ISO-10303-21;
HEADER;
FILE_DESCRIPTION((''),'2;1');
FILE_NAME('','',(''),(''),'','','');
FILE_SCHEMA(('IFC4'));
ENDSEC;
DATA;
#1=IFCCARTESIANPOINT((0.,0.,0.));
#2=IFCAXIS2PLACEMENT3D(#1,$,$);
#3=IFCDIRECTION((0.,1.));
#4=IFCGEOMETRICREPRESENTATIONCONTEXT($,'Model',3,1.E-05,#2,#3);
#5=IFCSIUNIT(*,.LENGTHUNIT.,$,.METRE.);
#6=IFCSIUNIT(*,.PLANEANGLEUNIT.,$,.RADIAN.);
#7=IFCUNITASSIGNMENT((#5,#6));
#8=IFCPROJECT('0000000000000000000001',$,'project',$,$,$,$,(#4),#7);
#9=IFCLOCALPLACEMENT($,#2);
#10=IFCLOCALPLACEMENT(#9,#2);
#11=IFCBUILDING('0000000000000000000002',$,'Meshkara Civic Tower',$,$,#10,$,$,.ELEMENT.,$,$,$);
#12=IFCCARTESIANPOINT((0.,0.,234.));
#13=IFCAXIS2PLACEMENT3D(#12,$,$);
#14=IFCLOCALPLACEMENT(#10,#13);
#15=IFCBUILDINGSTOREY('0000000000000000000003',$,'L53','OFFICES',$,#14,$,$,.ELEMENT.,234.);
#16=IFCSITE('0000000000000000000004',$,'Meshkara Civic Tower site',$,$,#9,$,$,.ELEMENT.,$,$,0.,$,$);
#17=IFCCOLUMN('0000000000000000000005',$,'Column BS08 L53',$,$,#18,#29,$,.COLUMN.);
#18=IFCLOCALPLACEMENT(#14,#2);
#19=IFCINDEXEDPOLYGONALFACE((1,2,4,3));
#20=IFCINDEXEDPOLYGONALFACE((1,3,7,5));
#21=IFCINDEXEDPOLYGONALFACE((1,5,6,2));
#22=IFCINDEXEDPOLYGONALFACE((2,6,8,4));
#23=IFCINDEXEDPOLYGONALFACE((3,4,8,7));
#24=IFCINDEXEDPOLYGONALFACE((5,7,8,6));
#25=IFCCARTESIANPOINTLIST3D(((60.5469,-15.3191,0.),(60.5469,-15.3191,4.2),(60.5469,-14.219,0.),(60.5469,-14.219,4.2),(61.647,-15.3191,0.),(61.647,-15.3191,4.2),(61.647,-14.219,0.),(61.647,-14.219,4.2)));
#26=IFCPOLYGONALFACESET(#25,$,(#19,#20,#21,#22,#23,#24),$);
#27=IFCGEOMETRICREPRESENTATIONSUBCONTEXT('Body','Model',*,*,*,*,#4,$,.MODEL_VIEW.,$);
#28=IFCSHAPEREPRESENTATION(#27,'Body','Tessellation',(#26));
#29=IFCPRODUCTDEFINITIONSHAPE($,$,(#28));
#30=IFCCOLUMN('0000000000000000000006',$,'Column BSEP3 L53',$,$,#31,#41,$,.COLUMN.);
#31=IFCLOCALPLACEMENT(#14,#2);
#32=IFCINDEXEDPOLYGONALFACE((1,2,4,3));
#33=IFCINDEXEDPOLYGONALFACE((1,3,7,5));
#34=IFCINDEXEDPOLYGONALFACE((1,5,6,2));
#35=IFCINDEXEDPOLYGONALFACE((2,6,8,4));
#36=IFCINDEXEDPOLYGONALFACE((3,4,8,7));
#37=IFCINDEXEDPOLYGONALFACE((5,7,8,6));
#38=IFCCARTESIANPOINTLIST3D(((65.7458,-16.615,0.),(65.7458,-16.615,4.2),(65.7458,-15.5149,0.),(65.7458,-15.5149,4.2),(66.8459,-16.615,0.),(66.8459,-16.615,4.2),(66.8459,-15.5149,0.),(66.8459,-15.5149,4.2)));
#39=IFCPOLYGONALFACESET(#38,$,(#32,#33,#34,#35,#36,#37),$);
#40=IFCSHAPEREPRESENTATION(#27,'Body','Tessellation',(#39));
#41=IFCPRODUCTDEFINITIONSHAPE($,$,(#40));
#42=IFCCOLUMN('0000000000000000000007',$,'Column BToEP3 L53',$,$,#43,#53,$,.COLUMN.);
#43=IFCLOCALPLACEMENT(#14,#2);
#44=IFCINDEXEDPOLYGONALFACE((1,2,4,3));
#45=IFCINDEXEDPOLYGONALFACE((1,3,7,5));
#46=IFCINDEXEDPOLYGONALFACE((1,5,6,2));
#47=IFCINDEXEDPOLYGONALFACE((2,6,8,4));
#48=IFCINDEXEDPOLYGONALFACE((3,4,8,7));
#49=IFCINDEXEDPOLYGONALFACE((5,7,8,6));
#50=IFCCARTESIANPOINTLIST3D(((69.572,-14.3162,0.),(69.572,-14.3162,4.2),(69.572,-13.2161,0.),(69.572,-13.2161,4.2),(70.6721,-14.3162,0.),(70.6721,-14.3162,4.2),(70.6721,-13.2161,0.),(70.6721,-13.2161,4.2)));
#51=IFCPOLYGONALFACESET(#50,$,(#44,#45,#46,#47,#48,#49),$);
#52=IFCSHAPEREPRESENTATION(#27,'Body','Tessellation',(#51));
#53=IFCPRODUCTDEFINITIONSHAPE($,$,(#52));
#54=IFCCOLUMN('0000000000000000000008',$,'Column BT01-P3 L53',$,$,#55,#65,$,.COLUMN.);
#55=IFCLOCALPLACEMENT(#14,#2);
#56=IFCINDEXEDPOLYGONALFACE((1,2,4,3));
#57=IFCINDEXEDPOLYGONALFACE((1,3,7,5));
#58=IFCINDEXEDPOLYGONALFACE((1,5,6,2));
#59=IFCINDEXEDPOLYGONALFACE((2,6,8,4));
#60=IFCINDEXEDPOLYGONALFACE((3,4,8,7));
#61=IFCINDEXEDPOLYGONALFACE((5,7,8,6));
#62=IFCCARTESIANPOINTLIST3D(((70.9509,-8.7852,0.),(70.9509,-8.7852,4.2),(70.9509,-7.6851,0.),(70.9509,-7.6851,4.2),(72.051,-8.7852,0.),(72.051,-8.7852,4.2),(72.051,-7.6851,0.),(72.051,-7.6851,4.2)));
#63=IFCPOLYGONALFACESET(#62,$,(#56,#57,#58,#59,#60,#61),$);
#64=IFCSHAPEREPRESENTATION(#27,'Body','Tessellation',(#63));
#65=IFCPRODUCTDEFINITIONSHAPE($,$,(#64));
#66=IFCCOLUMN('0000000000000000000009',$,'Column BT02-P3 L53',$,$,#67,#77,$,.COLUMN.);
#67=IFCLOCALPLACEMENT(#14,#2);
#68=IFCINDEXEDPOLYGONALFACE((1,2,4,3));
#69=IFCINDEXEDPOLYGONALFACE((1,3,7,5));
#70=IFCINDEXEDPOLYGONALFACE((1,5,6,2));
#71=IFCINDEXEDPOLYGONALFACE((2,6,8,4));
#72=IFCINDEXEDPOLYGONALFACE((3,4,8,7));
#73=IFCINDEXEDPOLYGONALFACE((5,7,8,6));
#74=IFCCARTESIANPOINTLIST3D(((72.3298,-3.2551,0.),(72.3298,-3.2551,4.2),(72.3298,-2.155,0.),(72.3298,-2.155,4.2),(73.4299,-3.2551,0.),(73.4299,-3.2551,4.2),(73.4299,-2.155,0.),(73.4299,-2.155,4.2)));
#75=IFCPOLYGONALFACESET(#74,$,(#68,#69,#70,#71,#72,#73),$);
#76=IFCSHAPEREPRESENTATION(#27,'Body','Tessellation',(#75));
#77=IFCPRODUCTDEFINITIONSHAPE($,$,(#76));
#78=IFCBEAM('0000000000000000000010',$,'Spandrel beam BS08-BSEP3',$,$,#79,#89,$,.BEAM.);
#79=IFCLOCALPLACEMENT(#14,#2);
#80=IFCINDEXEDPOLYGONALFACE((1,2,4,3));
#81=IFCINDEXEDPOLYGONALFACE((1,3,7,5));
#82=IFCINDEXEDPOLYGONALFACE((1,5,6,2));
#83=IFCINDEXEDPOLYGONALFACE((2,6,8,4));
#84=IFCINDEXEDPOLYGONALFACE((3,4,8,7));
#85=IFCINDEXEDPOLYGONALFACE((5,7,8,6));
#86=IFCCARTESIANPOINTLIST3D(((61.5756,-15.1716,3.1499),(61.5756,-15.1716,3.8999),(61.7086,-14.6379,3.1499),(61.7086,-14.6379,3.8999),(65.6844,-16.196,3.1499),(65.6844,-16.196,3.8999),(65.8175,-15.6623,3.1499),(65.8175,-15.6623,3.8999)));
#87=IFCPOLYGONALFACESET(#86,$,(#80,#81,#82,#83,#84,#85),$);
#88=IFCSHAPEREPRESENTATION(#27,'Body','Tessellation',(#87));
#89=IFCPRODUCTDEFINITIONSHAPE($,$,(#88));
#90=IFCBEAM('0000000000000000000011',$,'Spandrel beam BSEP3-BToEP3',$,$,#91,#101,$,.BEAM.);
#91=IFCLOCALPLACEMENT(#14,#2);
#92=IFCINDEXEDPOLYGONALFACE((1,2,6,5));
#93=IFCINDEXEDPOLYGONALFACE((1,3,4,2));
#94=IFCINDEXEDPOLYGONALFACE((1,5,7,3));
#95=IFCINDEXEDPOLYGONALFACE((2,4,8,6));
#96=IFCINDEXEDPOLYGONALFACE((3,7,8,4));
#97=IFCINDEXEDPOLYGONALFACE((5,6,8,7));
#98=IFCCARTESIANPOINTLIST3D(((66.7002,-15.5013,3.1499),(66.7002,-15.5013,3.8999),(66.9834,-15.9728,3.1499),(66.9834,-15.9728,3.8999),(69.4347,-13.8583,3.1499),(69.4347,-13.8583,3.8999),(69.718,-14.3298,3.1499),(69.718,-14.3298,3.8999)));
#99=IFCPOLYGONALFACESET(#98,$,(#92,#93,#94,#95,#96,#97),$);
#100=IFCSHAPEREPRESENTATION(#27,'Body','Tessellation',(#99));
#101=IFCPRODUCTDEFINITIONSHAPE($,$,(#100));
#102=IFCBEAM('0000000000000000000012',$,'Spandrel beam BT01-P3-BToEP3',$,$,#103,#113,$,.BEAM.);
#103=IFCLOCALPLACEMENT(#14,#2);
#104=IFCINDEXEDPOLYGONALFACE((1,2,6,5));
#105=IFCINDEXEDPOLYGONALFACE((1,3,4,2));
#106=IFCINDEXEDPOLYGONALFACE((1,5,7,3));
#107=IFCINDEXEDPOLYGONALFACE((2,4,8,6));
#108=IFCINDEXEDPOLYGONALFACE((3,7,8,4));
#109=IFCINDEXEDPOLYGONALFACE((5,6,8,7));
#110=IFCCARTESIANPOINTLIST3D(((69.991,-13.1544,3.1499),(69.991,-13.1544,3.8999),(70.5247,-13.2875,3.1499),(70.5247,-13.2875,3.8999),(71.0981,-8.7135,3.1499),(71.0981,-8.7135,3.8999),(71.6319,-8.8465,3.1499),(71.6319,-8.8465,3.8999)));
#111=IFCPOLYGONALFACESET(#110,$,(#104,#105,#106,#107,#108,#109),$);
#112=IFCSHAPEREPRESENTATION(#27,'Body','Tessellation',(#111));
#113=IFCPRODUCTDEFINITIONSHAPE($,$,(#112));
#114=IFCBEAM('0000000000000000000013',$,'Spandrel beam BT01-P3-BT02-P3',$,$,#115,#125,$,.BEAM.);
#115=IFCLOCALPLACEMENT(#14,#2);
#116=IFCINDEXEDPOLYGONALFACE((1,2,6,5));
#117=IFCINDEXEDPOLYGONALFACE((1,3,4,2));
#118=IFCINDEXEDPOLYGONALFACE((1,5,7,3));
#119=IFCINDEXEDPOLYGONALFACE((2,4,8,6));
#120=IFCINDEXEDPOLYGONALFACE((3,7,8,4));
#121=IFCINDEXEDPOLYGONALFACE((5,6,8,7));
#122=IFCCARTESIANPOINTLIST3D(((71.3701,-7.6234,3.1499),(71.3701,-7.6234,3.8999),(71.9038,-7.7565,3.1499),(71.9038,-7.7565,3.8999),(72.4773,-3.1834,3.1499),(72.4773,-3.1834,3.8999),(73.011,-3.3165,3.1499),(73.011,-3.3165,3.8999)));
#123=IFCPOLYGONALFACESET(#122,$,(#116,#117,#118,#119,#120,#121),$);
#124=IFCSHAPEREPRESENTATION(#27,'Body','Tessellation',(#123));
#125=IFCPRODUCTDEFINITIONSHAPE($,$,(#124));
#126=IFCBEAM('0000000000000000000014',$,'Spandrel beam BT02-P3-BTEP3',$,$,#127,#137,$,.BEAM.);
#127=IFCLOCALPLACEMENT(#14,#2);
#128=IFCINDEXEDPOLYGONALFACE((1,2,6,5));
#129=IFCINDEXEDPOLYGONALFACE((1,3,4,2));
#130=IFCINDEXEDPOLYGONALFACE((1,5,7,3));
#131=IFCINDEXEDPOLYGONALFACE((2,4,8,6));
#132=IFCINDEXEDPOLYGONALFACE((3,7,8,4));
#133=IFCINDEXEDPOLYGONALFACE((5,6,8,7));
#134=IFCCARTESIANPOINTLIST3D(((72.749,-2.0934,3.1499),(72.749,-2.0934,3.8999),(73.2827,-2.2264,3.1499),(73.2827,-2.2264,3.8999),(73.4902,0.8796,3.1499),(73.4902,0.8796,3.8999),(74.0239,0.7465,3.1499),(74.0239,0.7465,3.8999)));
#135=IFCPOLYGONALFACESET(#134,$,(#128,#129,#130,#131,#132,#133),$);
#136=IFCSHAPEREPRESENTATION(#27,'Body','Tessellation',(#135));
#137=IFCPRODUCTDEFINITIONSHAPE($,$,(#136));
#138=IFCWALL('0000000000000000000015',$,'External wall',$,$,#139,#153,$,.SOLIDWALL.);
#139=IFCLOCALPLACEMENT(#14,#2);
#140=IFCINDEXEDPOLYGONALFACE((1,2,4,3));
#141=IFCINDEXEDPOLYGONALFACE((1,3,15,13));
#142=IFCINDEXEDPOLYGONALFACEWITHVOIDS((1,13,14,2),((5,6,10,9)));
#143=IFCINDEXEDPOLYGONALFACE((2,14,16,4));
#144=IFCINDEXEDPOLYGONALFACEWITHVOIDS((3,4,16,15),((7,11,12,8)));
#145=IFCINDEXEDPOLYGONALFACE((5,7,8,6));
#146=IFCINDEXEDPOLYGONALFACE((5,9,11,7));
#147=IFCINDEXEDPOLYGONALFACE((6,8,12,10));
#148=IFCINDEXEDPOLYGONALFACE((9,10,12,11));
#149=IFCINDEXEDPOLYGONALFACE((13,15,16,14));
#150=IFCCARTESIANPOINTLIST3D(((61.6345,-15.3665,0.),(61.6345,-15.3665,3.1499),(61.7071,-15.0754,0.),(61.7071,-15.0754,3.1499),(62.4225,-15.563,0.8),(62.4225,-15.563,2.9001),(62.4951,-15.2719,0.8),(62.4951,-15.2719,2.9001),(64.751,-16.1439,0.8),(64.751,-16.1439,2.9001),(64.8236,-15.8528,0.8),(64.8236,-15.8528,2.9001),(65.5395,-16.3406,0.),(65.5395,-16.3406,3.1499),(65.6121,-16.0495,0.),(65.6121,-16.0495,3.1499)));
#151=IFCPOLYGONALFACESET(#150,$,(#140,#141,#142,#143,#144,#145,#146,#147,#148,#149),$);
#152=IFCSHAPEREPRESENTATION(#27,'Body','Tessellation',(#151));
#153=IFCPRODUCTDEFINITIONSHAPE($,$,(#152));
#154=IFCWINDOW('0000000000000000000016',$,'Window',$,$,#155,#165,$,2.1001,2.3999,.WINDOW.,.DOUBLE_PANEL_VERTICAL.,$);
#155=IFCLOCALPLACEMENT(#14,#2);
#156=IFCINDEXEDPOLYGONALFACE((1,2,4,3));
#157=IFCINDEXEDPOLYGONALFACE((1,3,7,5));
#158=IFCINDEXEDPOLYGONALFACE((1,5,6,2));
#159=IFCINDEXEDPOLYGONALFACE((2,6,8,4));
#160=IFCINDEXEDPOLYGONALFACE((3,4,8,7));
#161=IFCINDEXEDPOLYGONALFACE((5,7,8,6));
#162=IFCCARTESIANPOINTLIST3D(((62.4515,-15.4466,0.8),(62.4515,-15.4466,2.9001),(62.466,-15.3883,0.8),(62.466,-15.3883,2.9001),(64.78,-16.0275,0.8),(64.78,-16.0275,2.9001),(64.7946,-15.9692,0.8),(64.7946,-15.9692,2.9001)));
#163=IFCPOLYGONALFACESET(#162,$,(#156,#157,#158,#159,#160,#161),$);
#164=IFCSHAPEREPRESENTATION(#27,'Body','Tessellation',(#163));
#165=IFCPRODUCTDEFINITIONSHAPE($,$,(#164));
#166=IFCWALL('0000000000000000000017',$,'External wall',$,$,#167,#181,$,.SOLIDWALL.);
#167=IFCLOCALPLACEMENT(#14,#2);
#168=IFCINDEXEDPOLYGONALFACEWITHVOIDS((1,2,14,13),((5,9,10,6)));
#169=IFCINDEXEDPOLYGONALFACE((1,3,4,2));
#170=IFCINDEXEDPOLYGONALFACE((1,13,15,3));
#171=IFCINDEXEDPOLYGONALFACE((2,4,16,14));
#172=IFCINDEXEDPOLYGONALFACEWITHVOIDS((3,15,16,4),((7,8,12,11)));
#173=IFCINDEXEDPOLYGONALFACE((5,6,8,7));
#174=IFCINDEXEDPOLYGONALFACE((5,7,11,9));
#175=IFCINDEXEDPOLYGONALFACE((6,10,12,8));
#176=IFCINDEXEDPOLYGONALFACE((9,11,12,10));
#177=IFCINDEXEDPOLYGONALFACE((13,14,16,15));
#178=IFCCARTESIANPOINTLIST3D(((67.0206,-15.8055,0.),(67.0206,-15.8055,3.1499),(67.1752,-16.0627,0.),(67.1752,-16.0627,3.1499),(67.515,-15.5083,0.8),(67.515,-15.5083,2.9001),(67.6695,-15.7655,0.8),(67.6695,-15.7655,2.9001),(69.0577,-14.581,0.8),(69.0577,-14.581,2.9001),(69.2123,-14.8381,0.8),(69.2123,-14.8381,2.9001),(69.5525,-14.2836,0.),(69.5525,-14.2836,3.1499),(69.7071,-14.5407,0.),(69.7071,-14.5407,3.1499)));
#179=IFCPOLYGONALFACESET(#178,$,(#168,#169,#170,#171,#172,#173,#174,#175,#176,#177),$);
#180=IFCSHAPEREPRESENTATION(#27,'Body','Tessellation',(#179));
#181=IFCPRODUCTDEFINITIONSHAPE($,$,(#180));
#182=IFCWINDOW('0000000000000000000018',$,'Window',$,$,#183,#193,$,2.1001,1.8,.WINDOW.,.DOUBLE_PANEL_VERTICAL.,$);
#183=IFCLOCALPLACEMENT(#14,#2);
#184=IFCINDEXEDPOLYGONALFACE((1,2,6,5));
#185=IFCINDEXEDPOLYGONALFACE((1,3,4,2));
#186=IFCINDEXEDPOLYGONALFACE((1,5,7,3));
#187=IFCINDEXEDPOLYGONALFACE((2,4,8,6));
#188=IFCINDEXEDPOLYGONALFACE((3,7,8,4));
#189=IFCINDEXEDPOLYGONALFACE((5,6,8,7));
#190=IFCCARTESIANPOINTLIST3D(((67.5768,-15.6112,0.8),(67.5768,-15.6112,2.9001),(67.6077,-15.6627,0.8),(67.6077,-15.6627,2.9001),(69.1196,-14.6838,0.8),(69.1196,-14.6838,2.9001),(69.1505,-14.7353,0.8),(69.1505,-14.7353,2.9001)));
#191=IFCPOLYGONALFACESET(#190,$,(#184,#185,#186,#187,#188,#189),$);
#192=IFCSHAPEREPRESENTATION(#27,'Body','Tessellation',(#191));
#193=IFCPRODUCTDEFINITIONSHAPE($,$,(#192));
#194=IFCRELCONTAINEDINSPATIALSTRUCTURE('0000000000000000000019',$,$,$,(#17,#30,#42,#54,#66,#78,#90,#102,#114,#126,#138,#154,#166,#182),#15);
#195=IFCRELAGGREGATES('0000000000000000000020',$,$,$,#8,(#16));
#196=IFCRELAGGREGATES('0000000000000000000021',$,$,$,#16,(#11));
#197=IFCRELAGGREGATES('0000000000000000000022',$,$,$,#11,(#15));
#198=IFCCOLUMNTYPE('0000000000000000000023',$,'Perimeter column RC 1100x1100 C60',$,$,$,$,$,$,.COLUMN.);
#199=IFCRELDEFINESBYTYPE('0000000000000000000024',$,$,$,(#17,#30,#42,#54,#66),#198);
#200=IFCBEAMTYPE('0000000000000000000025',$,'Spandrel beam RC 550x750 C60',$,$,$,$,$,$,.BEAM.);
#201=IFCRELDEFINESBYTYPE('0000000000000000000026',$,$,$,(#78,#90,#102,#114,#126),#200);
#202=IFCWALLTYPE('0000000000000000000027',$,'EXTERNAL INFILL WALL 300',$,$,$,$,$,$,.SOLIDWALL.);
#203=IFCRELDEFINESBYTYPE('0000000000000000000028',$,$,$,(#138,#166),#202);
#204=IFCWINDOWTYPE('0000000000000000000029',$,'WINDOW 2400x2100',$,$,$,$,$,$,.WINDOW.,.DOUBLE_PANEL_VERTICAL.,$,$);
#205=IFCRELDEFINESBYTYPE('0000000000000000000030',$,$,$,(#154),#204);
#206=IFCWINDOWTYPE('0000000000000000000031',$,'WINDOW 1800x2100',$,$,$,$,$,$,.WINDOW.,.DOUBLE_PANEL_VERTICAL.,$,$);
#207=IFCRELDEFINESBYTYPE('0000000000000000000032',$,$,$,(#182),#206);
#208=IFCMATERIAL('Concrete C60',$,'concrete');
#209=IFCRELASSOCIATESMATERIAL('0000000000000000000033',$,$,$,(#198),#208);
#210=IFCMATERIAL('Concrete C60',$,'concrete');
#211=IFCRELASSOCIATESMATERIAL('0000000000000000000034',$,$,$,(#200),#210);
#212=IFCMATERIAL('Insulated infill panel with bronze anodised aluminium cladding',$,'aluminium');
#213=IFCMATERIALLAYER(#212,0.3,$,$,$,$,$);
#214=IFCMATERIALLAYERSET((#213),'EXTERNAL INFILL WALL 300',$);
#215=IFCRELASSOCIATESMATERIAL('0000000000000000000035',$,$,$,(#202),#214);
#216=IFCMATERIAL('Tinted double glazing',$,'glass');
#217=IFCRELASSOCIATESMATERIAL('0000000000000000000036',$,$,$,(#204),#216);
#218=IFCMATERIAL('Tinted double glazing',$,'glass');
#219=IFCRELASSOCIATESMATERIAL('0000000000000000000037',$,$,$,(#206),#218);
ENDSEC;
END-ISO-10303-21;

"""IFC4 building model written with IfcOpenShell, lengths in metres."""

from ifc_helpers import new_model, si_unit, direction, frame, frame_2d, origin, origin_2d, place, context, subcontext, project, spatial, rectangle, extrude, material, layer, layer_set, material_profile, profile_set, type_object, element, fill, save


model = new_model("IFC4")

# Units and contexts
model_context = context("Model", 3, precision=1e-05, world=origin(), true_north=direction((0.0, 1.0)))
body_context = subcontext(model_context, "Body", "Model", "MODEL_VIEW")
ifc_project = project(units=[si_unit("LENGTHUNIT", "METRE"), si_unit("PLANEANGLEUNIT", "RADIAN")], contexts=[model_context])

# Site, building, storey
site_placement = place(None, origin())
site = spatial("IfcSite", under=ifc_project, at=site_placement, Name="Meshkara Civic Tower site", CompositionType="ELEMENT", RefElevation=0.0)
building_placement = place(site_placement, origin())
building = spatial("IfcBuilding", under=site, at=building_placement, Name="Meshkara Civic Tower", CompositionType="ELEMENT")
storey_placement = place(building_placement, frame((0.0, 0.0, 234.0)))
storey = spatial("IfcBuildingStorey", under=building, at=storey_placement, Name="L53", Description="OFFICES", CompositionType="ELEMENT", Elevation=234.0)

# Columns
ifc_material_1 = material(Name="Concrete C60", Category="concrete")
ifc_material_profile_1 = material_profile(ifc_material_1, rectangle(XDim=1.1001, YDim=1.1001, at=origin_2d()))
ifc_profile_set_1 = profile_set([ifc_material_profile_1], Name="Concrete C60")
column_type = type_object("IfcColumnType", Name="Perimeter column RC 1100x1100 C60", PredefinedType="COLUMN", material=ifc_profile_set_1)
for number, where, z_axis, x_axis, name in (
    (1, (61.0969, -14.769, 0.0), (0.0, 0.0, 1.0), (1.0, 0.0, 0.0), "Column BS08 L53"),
    (2, (66.2959, -16.0649, 0.0), (0.0, 0.0, 1.0), (1.0, 0.0, 0.0), "Column BSEP3 L53"),
    (3, (70.1221, -13.7661, 0.0), (0.0, 0.0, 1.0), (1.0, 0.0, 0.0), "Column BToEP3 L53"),
    (4, (71.501, -8.2351, 0.0), (0.0, 0.0, 1.0), (1.0, 0.0, 0.0), "Column BT01-P3 L53"),
    (5, (72.8799, -2.7051, 0.0), (0.0, 0.0, 1.0), (1.0, 0.0, 0.0), "Column BT02-P3 L53"),
):
    element("IfcColumn", number, at=place(storey_placement, frame(where, z_axis=z_axis, x_axis=x_axis)), inside=storey, type_object=column_type, Name=name, PredefinedType="COLUMN", context=body_context, shape_type="SweptSolid", body=[
        extrude(rectangle(XDim=1.1001, YDim=1.1001, at=origin_2d()), origin(), (0.0, 0.0, 1.0), 4.2),
    ])

# Beams
ifc_material_2 = material(Name="Concrete C60", Category="concrete")
ifc_material_profile_2 = material_profile(ifc_material_2, rectangle(XDim=0.55, YDim=0.75, at=origin_2d()))
ifc_profile_set_2 = profile_set([ifc_material_profile_2], Name="Concrete C60")
beam_type = type_object("IfcBeamType", Name="Spandrel beam RC 550x750 C60", PredefinedType="BEAM", material=ifc_profile_set_2)
beam_1_placement = place(storey_placement, frame((61.6421, -14.9048, 3.5249), z_axis=(0.970298, -0.241912, 0.0), x_axis=(0.241912, 0.970298, 0.0)))
element("IfcBeam", 6, at=beam_1_placement, inside=storey, type_object=beam_type, Name="Spandrel beam BS08-BSEP3", PredefinedType="BEAM", context=body_context, shape_type="SweptSolid", body=[
    extrude(rectangle(XDim=0.55, YDim=0.75, at=origin_2d()), origin(), (0.0, 0.0, 1.0), 4.2346),
])
beam_2_placement = place(storey_placement, frame((66.8418, -15.7371, 3.5249), z_axis=(0.857175, 0.515025, 0.0), x_axis=(-0.515025, 0.857175, 0.0)))
element("IfcBeam", 7, at=beam_2_placement, inside=storey, type_object=beam_type, Name="Spandrel beam BSEP3-BToEP3", PredefinedType="BEAM", context=body_context, shape_type="SweptSolid", body=[
    extrude(rectangle(XDim=0.55, YDim=0.75, at=origin_2d()), origin(), (0.0, 0.0, 1.0), 3.1902),
])
beam_3_placement = place(storey_placement, frame((70.2578, -13.2209, 3.5249), z_axis=(0.241908, 0.970299, 0.0), x_axis=(-0.970299, 0.241908, 0.0)))
element("IfcBeam", 8, at=beam_3_placement, inside=storey, type_object=beam_type, Name="Spandrel beam BT01-P3-BToEP3", PredefinedType="BEAM", context=body_context, shape_type="SweptSolid", body=[
    extrude(rectangle(XDim=0.55, YDim=0.75, at=origin_2d()), origin(), (0.0, 0.0, 1.0), 4.5769),
])
beam_4_placement = place(storey_placement, frame((71.637, -7.6899, 3.5249), z_axis=(0.241958, 0.970287, 0.0), x_axis=(-0.970287, 0.241958, 0.0)))
element("IfcBeam", 9, at=beam_4_placement, inside=storey, type_object=beam_type, Name="Spandrel beam BT01-P3-BT02-P3", PredefinedType="BEAM", context=body_context, shape_type="SweptSolid", body=[
    extrude(rectangle(XDim=0.55, YDim=0.75, at=origin_2d()), origin(), (0.0, 0.0, 1.0), 4.5759),
])
beam_5_placement = place(storey_placement, frame((73.0159, -2.1599, 3.5249), z_axis=(0.241917, 0.970297, 0.0), x_axis=(-0.970297, 0.241917, 0.0)))
element("IfcBeam", 10, at=beam_5_placement, inside=storey, type_object=beam_type, Name="Spandrel beam BT02-P3-BTEP3", PredefinedType="BEAM", context=body_context, shape_type="SweptSolid", body=[
    extrude(rectangle(XDim=0.55, YDim=0.75, at=origin_2d()), origin(), (0.0, 0.0, 1.0), 3.064),
])

# Walls, openings, windows
ifc_material_3 = material(Name="Insulated infill panel with bronze anodised aluminium cladding", Category="aluminium")
ifc_layer_1 = layer(ifc_material_3, 0.3)
ifc_layer_set_1 = layer_set([ifc_layer_1], Name="EXTERNAL INFILL WALL 300")
wall_type_1 = type_object("IfcWallType", Name="EXTERNAL INFILL WALL 300", PredefinedType="SOLIDWALL", material=ifc_layer_set_1)
wall_1_placement = place(storey_placement, frame((61.6709, -15.2209, 0.0), z_axis=(0.0, 0.0, 1.0), x_axis=(0.970267, -0.242036, 0.0)))
wall_1 = element("IfcWall", 11, at=wall_1_placement, inside=storey, type_object=wall_type_1, Name="External wall", PredefinedType="SOLIDWALL", context=body_context, shape_type="SweptSolid", body=[
    extrude(rectangle(XDim=4.0247, YDim=0.3, at=frame_2d((2.0122, 0.0))), origin(), (0.0, 0.0, 1.0), 3.1499),
])
opening_1_placement = place(wall_1_placement, frame((0.812, 0.0, 0.8)))
opening_1 = element("IfcOpeningElement", 12, at=opening_1_placement, cuts=wall_1, PredefinedType="OPENING", context=body_context, shape_type="SweptSolid", body=[
    extrude(rectangle(XDim=2.3999, YDim=2.1001, at=frame_2d((1.2, 1.05))), frame((0.0, 0.1599, 0.0), z_axis=(0.0, -1.0, 0.0), x_axis=(1.0, 0.0, 0.0)), (0.0, 0.0, 1.0), 0.3201),
])
ifc_material_4 = material(Name="Tinted double glazing", Category="glass")
window_type_1 = type_object("IfcWindowType", Name="WINDOW 2400x2100", PartitioningType="DOUBLE_PANEL_VERTICAL", PredefinedType="WINDOW", material=ifc_material_4)
window_1_placement = place(opening_1_placement, origin())
window_1 = element("IfcWindow", 13, at=window_1_placement, inside=storey, type_object=window_type_1, Name="Window", OverallHeight=2.1001, OverallWidth=2.3999, PartitioningType="DOUBLE_PANEL_VERTICAL", PredefinedType="WINDOW", context=body_context, shape_type="SweptSolid", body=[
    extrude(rectangle(XDim=2.3999, YDim=2.1001, at=frame_2d((1.2, 1.05))), frame((0.0, 0.03, 0.0), z_axis=(0.0, -1.0, 0.0), x_axis=(1.0, 0.0, 0.0)), (0.0, 0.0, 1.0), 0.0601),
])
fill(opening_1, window_1)
wall_2_placement = place(storey_placement, frame((67.0979, -15.9341, 0.0), z_axis=(0.0, 0.0, 1.0), x_axis=(0.857077, 0.515188, 0.0)))
wall_2 = element("IfcWall", 14, at=wall_2_placement, inside=storey, type_object=wall_type_1, Name="External wall", PredefinedType="SOLIDWALL", context=body_context, shape_type="SweptSolid", body=[
    extrude(rectangle(XDim=2.9541, YDim=0.3, at=frame_2d((1.4771, 0.0))), origin(), (0.0, 0.0, 1.0), 3.1499),
])
opening_2_placement = place(wall_2_placement, frame((0.5769, 0.0, 0.8)))
opening_2 = element("IfcOpeningElement", 15, at=opening_2_placement, cuts=wall_2, PredefinedType="OPENING", context=body_context, shape_type="SweptSolid", body=[
    extrude(rectangle(XDim=1.8, YDim=2.1001, at=frame_2d((0.8999, 1.05))), frame((0.0, 0.1599, 0.0), z_axis=(0.0, -1.0, 0.0), x_axis=(1.0, 0.0, 0.0)), (0.0, 0.0, 1.0), 0.3201),
])
ifc_material_5 = material(Name="Tinted double glazing", Category="glass")
window_type_2 = type_object("IfcWindowType", Name="WINDOW 1800x2100", PartitioningType="DOUBLE_PANEL_VERTICAL", PredefinedType="WINDOW", material=ifc_material_5)
window_2_placement = place(opening_2_placement, origin())
window_2 = element("IfcWindow", 16, at=window_2_placement, inside=storey, type_object=window_type_2, Name="Window", OverallHeight=2.1001, OverallWidth=1.8, PartitioningType="DOUBLE_PANEL_VERTICAL", PredefinedType="WINDOW", context=body_context, shape_type="SweptSolid", body=[
    extrude(rectangle(XDim=1.8, YDim=2.1001, at=frame_2d((0.8999, 1.05))), frame((0.0, 0.03, 0.0), z_axis=(0.0, -1.0, 0.0), x_axis=(1.0, 0.0, 0.0)), (0.0, 0.0, 1.0), 0.0601),
])
fill(opening_2, window_2)

save(model, "model.ifc")
